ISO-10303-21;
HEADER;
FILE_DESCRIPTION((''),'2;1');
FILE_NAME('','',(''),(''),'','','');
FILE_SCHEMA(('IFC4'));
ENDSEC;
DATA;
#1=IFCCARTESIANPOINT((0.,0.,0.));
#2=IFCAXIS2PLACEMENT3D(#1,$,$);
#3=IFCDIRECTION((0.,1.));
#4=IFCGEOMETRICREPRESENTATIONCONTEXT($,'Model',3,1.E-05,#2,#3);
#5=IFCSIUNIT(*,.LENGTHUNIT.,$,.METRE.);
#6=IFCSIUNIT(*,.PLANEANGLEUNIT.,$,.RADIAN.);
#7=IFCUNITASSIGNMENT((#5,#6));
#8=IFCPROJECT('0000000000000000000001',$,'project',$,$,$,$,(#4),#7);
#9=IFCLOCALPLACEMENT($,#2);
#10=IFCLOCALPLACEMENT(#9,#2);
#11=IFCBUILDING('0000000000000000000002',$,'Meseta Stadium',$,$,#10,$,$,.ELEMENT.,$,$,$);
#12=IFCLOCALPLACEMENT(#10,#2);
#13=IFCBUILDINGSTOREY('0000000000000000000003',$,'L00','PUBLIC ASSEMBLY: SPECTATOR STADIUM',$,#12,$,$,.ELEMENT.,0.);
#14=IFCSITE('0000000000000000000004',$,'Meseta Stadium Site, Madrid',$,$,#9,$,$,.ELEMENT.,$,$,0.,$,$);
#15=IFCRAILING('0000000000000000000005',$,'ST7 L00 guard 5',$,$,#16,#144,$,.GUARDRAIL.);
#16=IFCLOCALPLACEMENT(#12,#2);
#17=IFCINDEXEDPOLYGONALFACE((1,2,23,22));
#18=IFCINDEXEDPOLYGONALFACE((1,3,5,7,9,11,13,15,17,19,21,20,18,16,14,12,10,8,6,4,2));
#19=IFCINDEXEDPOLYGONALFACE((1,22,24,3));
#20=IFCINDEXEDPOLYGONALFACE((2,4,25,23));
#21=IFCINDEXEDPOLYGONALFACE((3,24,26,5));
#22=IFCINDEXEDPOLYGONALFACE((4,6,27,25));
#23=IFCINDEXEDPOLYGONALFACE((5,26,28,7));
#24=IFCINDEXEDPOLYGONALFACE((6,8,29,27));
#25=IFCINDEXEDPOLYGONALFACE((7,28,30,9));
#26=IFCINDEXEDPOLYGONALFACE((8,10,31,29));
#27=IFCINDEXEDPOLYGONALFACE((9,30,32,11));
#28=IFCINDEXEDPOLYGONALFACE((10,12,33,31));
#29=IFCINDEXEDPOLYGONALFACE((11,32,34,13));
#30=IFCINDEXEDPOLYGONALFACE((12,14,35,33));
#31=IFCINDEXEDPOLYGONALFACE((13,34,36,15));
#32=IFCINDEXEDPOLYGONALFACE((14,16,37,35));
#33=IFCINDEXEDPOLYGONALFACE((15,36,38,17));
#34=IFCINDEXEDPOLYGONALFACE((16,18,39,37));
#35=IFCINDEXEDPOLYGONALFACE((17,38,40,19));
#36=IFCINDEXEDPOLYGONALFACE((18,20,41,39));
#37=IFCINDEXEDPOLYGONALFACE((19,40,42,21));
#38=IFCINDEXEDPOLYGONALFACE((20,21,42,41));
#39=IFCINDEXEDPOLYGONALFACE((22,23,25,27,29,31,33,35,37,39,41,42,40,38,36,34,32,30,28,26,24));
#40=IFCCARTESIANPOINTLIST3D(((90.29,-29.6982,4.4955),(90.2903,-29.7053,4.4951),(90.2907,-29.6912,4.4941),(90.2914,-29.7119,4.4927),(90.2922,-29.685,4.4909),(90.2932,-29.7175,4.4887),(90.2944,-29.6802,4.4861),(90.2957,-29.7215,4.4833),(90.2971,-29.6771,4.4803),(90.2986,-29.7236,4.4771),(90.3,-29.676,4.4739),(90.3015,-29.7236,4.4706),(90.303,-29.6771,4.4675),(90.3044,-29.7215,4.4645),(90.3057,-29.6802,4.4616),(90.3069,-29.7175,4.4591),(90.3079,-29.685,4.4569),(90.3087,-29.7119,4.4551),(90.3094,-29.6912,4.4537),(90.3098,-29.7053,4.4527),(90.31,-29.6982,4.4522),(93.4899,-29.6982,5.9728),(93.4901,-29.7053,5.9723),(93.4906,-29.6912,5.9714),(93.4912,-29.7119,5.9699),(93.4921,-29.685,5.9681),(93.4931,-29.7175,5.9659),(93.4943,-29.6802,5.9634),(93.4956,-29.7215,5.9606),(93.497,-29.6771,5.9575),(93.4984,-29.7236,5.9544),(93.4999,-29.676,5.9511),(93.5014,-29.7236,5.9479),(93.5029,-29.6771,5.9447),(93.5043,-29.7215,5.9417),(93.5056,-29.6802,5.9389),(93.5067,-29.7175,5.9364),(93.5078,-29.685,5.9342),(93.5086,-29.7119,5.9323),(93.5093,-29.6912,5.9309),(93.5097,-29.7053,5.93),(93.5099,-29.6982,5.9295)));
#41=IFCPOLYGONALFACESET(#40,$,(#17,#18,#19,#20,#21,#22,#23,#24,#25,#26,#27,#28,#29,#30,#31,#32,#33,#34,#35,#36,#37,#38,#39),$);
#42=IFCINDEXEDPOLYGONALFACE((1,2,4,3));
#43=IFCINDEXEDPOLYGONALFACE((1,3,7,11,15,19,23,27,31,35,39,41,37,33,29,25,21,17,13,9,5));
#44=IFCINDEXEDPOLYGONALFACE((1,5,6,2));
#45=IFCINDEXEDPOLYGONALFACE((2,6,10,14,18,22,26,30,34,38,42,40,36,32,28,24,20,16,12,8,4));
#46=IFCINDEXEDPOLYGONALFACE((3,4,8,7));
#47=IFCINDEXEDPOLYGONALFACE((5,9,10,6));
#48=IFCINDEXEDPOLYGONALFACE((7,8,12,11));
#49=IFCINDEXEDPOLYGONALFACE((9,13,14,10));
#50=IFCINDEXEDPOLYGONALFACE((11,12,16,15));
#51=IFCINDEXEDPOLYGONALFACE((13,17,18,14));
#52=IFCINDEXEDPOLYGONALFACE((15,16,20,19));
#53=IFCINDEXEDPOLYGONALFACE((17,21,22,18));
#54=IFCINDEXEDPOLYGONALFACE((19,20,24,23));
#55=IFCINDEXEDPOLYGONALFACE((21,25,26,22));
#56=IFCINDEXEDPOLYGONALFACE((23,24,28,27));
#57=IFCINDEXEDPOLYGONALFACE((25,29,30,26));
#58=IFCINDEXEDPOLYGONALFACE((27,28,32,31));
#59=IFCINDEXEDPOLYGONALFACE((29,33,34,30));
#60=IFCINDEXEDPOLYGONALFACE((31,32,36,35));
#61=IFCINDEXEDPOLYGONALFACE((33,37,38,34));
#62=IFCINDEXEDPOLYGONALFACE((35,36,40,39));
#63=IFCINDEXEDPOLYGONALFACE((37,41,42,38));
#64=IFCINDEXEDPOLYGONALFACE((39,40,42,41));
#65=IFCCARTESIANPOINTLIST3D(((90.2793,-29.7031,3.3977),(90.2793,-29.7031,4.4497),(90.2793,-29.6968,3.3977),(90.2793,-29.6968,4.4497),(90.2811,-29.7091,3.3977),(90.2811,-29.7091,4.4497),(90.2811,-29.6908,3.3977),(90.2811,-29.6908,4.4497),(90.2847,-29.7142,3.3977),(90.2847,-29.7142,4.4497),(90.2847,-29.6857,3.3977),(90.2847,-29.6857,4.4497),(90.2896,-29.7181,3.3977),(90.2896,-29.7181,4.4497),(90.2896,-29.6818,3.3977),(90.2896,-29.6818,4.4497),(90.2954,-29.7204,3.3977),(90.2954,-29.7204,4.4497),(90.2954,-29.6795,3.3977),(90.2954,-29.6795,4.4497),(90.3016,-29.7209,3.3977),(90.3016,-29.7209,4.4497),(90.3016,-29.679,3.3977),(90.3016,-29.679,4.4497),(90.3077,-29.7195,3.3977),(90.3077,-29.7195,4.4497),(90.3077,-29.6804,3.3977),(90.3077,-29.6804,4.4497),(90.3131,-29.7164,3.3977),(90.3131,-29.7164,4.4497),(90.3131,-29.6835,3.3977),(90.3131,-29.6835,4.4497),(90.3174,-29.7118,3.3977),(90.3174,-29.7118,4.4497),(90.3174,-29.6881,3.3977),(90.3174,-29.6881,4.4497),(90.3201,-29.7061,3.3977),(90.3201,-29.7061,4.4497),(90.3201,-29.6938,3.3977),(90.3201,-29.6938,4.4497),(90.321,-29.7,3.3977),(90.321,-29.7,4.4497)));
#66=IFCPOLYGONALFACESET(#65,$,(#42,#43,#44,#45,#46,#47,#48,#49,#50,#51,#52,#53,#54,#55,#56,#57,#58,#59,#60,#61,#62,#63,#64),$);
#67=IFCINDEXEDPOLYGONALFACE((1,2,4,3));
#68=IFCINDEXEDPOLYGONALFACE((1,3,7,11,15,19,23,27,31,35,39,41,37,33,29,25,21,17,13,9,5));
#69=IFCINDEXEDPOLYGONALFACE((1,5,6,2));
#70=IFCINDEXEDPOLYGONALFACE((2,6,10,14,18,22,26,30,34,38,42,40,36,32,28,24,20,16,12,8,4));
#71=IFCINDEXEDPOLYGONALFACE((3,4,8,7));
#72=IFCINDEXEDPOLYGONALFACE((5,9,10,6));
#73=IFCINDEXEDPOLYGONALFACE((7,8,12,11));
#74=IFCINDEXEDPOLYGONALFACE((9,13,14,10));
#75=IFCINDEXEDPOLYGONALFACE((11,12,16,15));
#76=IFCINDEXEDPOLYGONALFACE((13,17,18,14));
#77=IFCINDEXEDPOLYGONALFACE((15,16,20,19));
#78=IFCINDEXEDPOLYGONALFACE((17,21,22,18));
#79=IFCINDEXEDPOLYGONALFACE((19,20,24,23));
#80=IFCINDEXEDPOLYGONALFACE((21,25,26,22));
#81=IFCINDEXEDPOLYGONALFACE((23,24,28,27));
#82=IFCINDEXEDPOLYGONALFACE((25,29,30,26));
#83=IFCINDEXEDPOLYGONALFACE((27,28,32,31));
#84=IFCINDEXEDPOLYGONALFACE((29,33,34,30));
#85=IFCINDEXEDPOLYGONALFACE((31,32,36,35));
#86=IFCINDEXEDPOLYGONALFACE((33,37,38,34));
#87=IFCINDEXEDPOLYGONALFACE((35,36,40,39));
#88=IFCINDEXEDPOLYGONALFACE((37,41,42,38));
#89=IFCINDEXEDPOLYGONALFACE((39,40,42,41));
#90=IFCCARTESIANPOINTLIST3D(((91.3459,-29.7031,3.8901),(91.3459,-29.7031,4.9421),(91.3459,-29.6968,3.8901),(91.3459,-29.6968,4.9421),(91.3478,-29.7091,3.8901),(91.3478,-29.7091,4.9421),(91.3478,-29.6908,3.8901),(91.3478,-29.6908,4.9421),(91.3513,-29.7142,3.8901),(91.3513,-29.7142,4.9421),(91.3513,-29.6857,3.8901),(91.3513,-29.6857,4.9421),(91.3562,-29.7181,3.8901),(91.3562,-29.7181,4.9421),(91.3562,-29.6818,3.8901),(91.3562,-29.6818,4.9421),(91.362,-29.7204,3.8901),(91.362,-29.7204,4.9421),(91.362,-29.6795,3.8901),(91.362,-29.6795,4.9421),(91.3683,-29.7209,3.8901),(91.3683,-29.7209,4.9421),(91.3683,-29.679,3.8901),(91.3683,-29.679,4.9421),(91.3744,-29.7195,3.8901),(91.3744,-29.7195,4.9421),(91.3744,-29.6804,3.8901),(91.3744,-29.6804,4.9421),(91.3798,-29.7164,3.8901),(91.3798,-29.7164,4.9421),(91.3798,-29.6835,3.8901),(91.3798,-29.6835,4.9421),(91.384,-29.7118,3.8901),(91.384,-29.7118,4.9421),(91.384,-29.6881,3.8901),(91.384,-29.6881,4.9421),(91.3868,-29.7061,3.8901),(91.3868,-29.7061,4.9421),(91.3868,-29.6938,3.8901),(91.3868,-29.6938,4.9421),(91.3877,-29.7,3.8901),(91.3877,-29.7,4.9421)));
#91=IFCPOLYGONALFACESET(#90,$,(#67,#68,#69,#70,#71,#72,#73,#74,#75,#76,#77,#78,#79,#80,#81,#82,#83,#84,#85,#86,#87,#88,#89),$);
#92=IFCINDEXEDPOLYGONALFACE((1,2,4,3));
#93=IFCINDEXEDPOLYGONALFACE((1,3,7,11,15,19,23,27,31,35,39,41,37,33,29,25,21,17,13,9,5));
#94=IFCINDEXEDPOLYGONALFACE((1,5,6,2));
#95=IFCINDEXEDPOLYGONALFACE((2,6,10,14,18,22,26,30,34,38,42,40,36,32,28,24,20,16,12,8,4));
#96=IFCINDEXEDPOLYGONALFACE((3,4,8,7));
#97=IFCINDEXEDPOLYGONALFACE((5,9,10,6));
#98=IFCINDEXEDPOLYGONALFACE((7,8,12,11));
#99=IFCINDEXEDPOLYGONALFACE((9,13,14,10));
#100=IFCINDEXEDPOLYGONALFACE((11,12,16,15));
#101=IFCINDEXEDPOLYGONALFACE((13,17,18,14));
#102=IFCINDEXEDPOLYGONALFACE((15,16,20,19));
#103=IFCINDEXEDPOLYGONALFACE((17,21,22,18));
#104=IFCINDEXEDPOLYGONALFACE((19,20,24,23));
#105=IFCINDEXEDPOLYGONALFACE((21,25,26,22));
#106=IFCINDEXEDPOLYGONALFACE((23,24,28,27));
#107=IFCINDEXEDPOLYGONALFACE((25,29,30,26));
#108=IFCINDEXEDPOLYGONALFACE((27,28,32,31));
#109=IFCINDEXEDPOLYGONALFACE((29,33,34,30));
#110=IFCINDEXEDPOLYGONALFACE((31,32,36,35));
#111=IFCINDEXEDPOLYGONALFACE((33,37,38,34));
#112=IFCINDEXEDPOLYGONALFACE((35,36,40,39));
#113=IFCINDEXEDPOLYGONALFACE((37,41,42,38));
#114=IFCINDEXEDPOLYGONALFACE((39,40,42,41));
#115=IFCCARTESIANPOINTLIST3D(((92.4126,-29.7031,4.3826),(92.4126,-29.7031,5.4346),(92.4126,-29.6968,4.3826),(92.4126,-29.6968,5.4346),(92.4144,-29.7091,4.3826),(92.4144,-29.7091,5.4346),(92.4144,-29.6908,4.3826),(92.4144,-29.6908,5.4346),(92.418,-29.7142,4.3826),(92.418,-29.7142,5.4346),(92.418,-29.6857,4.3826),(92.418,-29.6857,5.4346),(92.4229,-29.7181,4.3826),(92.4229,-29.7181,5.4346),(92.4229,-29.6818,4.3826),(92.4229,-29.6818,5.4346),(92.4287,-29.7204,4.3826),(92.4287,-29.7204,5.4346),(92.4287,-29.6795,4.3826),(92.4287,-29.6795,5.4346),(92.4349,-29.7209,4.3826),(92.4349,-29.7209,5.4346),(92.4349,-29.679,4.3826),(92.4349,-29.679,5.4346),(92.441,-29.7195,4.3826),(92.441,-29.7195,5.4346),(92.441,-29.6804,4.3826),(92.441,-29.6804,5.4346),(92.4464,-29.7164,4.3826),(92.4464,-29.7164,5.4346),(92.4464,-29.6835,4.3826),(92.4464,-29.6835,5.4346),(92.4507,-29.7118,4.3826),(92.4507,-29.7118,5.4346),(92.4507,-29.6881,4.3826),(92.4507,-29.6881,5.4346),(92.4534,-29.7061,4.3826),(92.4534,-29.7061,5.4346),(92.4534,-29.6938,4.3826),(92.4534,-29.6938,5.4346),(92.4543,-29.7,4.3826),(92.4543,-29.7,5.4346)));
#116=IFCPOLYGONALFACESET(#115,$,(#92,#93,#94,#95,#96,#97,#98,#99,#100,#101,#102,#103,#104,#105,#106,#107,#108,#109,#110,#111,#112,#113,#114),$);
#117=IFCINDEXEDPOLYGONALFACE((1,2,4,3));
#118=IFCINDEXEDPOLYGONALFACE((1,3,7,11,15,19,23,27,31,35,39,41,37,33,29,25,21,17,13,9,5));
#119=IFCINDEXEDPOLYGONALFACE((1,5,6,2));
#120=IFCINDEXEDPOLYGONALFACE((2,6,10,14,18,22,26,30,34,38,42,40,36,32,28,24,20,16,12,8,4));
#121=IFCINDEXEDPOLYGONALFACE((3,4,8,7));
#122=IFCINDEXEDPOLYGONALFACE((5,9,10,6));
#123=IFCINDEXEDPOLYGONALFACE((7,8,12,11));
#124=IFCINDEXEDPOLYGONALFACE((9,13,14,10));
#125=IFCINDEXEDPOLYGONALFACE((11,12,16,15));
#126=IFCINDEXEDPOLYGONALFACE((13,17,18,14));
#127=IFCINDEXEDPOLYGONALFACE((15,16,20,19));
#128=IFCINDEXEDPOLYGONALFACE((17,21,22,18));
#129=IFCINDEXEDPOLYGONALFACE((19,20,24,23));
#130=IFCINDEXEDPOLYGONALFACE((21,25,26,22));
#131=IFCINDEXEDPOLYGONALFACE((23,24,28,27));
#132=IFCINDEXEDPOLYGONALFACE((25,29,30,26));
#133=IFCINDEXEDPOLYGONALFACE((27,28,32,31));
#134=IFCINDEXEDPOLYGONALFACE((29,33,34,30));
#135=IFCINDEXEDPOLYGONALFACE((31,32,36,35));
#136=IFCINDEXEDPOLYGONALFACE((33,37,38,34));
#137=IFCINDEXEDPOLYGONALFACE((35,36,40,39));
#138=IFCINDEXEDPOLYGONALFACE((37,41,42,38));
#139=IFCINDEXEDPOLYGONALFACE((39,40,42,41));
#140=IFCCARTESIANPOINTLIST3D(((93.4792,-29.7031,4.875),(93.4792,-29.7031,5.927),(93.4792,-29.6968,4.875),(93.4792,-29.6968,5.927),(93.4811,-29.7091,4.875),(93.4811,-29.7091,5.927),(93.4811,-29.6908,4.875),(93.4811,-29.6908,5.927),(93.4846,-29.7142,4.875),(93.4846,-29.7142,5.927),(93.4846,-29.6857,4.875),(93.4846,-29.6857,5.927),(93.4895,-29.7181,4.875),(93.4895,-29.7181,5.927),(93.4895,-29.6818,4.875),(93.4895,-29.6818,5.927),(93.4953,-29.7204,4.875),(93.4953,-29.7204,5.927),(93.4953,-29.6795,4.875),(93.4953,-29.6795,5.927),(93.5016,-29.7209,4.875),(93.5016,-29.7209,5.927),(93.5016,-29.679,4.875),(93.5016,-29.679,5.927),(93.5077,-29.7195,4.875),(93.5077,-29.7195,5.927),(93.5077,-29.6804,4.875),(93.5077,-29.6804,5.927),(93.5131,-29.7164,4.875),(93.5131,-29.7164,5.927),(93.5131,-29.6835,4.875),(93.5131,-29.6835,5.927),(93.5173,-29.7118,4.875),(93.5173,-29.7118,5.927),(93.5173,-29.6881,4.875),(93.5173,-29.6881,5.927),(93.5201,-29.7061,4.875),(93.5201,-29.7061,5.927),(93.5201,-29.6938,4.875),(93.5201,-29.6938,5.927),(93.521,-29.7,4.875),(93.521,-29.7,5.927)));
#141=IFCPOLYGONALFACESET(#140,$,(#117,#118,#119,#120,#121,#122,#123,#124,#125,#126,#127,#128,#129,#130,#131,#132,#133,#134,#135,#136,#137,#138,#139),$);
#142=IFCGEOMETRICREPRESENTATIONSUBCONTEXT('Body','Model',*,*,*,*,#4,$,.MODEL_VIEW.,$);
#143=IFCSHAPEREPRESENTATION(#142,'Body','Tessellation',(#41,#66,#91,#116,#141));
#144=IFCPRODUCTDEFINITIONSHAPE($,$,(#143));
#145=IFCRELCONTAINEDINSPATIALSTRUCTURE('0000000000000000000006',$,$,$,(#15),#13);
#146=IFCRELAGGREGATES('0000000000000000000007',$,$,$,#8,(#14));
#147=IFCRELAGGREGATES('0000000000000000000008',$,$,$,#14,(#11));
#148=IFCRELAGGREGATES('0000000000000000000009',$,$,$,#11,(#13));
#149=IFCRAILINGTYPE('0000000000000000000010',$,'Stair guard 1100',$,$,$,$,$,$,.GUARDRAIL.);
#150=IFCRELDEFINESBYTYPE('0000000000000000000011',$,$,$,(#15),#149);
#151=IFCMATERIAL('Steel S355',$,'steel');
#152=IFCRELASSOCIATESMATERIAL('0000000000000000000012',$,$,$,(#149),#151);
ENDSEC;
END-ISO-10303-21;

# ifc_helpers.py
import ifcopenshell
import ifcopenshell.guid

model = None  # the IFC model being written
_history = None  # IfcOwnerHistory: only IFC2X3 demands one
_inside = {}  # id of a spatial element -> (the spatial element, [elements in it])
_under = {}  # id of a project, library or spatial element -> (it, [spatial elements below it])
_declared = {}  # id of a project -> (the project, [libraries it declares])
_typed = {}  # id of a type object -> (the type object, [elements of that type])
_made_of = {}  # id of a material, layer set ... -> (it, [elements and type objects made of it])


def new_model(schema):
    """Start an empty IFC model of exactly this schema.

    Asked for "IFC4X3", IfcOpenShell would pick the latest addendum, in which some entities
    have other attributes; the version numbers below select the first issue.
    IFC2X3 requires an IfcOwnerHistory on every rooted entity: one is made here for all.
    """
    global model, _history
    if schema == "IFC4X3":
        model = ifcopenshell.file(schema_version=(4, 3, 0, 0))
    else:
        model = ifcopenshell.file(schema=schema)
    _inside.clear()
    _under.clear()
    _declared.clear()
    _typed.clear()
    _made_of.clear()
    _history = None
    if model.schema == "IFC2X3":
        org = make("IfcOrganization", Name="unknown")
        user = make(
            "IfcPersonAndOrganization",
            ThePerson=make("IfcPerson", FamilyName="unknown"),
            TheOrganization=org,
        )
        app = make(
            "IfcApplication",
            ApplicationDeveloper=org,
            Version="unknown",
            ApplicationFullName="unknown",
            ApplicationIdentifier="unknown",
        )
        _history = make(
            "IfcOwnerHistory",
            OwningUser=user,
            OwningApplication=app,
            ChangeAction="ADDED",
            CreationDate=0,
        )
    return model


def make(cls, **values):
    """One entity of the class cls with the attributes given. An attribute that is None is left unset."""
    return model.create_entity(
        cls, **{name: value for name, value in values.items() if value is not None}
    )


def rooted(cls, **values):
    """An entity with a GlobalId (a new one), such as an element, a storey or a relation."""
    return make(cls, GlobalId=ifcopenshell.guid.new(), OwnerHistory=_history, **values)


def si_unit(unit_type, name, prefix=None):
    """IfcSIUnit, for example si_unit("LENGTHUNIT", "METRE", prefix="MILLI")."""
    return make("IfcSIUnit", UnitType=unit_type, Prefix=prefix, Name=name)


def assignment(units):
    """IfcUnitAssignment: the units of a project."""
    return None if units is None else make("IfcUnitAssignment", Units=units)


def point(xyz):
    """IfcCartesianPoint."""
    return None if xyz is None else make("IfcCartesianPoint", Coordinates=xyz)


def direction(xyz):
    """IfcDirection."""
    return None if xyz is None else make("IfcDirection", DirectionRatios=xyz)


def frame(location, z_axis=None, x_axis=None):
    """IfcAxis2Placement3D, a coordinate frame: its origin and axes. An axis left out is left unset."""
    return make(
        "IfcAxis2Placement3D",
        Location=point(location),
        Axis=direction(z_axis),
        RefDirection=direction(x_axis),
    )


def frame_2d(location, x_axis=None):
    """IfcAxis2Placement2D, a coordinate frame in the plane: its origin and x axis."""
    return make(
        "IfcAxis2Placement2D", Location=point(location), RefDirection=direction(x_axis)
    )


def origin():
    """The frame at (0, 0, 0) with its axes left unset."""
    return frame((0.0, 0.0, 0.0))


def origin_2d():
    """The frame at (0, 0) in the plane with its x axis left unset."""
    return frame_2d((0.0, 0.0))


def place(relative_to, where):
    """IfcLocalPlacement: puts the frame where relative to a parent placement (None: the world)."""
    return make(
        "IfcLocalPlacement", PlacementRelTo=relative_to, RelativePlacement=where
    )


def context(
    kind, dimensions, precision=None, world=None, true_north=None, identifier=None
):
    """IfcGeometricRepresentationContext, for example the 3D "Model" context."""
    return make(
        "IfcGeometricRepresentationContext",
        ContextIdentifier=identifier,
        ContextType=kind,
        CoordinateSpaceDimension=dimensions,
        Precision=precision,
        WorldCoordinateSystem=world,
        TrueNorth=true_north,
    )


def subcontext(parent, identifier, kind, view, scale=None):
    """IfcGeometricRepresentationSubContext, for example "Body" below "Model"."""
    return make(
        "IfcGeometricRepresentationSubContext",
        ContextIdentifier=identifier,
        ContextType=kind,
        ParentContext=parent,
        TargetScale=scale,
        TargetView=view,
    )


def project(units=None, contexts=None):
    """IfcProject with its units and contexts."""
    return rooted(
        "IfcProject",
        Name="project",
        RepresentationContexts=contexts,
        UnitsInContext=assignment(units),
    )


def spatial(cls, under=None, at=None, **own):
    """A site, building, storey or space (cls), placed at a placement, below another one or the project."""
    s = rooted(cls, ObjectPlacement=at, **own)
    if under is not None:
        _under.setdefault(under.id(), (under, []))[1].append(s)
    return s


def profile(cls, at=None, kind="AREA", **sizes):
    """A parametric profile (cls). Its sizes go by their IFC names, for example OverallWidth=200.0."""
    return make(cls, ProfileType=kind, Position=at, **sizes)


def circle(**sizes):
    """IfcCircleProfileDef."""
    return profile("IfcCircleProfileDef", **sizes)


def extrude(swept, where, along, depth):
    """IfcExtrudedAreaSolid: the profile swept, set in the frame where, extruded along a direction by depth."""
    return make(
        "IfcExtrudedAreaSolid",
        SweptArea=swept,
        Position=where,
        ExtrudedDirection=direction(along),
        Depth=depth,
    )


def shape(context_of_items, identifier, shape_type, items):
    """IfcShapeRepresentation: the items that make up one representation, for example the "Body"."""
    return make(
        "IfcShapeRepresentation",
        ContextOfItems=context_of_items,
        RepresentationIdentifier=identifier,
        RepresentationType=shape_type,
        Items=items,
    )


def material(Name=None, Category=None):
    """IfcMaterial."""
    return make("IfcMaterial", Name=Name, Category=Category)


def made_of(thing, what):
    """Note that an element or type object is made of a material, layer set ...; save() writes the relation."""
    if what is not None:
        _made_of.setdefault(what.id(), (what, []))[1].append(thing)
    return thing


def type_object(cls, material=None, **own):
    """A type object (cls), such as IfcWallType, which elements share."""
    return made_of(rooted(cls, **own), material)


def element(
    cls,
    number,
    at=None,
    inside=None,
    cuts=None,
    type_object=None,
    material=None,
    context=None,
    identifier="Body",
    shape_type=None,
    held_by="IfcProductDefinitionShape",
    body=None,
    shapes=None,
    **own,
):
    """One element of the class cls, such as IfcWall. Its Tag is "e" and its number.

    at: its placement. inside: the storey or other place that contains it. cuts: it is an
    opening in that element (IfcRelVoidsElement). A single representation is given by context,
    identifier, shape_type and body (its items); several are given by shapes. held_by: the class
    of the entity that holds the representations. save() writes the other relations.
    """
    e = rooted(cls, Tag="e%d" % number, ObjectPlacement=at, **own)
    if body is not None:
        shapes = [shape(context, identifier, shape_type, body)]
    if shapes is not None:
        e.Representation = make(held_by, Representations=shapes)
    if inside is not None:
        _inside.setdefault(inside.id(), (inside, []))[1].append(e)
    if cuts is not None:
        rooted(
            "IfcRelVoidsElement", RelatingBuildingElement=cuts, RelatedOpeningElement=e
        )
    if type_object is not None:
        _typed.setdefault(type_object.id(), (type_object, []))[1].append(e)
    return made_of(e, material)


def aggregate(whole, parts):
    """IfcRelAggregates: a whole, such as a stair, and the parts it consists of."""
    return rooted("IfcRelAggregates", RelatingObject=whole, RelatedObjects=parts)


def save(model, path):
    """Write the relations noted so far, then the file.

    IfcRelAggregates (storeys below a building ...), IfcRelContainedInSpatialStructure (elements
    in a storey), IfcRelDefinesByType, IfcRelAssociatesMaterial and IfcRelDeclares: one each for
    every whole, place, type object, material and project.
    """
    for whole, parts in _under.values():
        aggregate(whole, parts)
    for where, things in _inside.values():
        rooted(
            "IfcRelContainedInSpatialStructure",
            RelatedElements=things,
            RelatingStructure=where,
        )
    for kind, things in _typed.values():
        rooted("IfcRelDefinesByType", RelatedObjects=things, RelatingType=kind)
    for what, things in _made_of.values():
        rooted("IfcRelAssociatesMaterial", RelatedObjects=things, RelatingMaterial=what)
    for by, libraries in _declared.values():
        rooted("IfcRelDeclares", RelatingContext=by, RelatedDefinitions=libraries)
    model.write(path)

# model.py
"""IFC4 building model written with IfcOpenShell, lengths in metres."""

from ifc_helpers import new_model, si_unit, direction, frame, origin, origin_2d, place, context, subcontext, project, spatial, circle, extrude, material, type_object, element, save


model = new_model("IFC4")

# Units and contexts
model_context = context("Model", 3, precision=1e-05, world=origin(), true_north=direction((0.0, 1.0)))
body_context = subcontext(model_context, "Body", "Model", "MODEL_VIEW")
ifc_project = project(units=[si_unit("LENGTHUNIT", "METRE"), si_unit("PLANEANGLEUNIT", "RADIAN")], contexts=[model_context])

# Site, building, storey
site_placement = place(None, origin())
site = spatial("IfcSite", under=ifc_project, at=site_placement, Name="Meseta Stadium Site, Madrid", CompositionType="ELEMENT", RefElevation=0.0)
building_placement = place(site_placement, origin())
building = spatial("IfcBuilding", under=site, at=building_placement, Name="Meseta Stadium", CompositionType="ELEMENT")
storey_placement = place(building_placement, origin())
storey = spatial("IfcBuildingStorey", under=building, at=storey_placement, Name="L00", Description="PUBLIC ASSEMBLY: SPECTATOR STADIUM", CompositionType="ELEMENT", Elevation=0.0)

# Railing
ifc_material_1 = material(Name="Steel S355", Category="steel")
railing_type_1 = type_object("IfcRailingType", Name="Stair guard 1100", PredefinedType="GUARDRAIL", material=ifc_material_1)
railing_1_placement = place(storey_placement, frame((90.3, -29.7, 3.3977)))
element("IfcRailing", 1, at=railing_1_placement, inside=storey, type_object=railing_type_1, Name="ST7 L00 guard 5", PredefinedType="GUARDRAIL", context=body_context, shape_type="SweptSolid", body=[
    extrude(circle(Radius=0.0239, at=origin_2d()), frame((0.0, 0.0, 1.0762), z_axis=(0.907917, 0.0, 0.41915), x_axis=(0.0, 1.0, 0.0)), (0.0, 0.0, 1.0), 3.5244),
    extrude(circle(Radius=0.021, at=origin_2d()), origin(), (0.0, 0.0, 1.0), 1.052),
    extrude(circle(Radius=0.021, at=origin_2d()), frame((1.0667, 0.0, 0.4924)), (0.0, 0.0, 1.0), 1.052),
    extrude(circle(Radius=0.021, at=origin_2d()), frame((2.1333, 0.0, 0.9849)), (0.0, 0.0, 1.0), 1.052),
    extrude(circle(Radius=0.021, at=origin_2d()), frame((3.2, 0.0, 1.4773)), (0.0, 0.0, 1.0), 1.052),
])

save(model, "model.ifc")
